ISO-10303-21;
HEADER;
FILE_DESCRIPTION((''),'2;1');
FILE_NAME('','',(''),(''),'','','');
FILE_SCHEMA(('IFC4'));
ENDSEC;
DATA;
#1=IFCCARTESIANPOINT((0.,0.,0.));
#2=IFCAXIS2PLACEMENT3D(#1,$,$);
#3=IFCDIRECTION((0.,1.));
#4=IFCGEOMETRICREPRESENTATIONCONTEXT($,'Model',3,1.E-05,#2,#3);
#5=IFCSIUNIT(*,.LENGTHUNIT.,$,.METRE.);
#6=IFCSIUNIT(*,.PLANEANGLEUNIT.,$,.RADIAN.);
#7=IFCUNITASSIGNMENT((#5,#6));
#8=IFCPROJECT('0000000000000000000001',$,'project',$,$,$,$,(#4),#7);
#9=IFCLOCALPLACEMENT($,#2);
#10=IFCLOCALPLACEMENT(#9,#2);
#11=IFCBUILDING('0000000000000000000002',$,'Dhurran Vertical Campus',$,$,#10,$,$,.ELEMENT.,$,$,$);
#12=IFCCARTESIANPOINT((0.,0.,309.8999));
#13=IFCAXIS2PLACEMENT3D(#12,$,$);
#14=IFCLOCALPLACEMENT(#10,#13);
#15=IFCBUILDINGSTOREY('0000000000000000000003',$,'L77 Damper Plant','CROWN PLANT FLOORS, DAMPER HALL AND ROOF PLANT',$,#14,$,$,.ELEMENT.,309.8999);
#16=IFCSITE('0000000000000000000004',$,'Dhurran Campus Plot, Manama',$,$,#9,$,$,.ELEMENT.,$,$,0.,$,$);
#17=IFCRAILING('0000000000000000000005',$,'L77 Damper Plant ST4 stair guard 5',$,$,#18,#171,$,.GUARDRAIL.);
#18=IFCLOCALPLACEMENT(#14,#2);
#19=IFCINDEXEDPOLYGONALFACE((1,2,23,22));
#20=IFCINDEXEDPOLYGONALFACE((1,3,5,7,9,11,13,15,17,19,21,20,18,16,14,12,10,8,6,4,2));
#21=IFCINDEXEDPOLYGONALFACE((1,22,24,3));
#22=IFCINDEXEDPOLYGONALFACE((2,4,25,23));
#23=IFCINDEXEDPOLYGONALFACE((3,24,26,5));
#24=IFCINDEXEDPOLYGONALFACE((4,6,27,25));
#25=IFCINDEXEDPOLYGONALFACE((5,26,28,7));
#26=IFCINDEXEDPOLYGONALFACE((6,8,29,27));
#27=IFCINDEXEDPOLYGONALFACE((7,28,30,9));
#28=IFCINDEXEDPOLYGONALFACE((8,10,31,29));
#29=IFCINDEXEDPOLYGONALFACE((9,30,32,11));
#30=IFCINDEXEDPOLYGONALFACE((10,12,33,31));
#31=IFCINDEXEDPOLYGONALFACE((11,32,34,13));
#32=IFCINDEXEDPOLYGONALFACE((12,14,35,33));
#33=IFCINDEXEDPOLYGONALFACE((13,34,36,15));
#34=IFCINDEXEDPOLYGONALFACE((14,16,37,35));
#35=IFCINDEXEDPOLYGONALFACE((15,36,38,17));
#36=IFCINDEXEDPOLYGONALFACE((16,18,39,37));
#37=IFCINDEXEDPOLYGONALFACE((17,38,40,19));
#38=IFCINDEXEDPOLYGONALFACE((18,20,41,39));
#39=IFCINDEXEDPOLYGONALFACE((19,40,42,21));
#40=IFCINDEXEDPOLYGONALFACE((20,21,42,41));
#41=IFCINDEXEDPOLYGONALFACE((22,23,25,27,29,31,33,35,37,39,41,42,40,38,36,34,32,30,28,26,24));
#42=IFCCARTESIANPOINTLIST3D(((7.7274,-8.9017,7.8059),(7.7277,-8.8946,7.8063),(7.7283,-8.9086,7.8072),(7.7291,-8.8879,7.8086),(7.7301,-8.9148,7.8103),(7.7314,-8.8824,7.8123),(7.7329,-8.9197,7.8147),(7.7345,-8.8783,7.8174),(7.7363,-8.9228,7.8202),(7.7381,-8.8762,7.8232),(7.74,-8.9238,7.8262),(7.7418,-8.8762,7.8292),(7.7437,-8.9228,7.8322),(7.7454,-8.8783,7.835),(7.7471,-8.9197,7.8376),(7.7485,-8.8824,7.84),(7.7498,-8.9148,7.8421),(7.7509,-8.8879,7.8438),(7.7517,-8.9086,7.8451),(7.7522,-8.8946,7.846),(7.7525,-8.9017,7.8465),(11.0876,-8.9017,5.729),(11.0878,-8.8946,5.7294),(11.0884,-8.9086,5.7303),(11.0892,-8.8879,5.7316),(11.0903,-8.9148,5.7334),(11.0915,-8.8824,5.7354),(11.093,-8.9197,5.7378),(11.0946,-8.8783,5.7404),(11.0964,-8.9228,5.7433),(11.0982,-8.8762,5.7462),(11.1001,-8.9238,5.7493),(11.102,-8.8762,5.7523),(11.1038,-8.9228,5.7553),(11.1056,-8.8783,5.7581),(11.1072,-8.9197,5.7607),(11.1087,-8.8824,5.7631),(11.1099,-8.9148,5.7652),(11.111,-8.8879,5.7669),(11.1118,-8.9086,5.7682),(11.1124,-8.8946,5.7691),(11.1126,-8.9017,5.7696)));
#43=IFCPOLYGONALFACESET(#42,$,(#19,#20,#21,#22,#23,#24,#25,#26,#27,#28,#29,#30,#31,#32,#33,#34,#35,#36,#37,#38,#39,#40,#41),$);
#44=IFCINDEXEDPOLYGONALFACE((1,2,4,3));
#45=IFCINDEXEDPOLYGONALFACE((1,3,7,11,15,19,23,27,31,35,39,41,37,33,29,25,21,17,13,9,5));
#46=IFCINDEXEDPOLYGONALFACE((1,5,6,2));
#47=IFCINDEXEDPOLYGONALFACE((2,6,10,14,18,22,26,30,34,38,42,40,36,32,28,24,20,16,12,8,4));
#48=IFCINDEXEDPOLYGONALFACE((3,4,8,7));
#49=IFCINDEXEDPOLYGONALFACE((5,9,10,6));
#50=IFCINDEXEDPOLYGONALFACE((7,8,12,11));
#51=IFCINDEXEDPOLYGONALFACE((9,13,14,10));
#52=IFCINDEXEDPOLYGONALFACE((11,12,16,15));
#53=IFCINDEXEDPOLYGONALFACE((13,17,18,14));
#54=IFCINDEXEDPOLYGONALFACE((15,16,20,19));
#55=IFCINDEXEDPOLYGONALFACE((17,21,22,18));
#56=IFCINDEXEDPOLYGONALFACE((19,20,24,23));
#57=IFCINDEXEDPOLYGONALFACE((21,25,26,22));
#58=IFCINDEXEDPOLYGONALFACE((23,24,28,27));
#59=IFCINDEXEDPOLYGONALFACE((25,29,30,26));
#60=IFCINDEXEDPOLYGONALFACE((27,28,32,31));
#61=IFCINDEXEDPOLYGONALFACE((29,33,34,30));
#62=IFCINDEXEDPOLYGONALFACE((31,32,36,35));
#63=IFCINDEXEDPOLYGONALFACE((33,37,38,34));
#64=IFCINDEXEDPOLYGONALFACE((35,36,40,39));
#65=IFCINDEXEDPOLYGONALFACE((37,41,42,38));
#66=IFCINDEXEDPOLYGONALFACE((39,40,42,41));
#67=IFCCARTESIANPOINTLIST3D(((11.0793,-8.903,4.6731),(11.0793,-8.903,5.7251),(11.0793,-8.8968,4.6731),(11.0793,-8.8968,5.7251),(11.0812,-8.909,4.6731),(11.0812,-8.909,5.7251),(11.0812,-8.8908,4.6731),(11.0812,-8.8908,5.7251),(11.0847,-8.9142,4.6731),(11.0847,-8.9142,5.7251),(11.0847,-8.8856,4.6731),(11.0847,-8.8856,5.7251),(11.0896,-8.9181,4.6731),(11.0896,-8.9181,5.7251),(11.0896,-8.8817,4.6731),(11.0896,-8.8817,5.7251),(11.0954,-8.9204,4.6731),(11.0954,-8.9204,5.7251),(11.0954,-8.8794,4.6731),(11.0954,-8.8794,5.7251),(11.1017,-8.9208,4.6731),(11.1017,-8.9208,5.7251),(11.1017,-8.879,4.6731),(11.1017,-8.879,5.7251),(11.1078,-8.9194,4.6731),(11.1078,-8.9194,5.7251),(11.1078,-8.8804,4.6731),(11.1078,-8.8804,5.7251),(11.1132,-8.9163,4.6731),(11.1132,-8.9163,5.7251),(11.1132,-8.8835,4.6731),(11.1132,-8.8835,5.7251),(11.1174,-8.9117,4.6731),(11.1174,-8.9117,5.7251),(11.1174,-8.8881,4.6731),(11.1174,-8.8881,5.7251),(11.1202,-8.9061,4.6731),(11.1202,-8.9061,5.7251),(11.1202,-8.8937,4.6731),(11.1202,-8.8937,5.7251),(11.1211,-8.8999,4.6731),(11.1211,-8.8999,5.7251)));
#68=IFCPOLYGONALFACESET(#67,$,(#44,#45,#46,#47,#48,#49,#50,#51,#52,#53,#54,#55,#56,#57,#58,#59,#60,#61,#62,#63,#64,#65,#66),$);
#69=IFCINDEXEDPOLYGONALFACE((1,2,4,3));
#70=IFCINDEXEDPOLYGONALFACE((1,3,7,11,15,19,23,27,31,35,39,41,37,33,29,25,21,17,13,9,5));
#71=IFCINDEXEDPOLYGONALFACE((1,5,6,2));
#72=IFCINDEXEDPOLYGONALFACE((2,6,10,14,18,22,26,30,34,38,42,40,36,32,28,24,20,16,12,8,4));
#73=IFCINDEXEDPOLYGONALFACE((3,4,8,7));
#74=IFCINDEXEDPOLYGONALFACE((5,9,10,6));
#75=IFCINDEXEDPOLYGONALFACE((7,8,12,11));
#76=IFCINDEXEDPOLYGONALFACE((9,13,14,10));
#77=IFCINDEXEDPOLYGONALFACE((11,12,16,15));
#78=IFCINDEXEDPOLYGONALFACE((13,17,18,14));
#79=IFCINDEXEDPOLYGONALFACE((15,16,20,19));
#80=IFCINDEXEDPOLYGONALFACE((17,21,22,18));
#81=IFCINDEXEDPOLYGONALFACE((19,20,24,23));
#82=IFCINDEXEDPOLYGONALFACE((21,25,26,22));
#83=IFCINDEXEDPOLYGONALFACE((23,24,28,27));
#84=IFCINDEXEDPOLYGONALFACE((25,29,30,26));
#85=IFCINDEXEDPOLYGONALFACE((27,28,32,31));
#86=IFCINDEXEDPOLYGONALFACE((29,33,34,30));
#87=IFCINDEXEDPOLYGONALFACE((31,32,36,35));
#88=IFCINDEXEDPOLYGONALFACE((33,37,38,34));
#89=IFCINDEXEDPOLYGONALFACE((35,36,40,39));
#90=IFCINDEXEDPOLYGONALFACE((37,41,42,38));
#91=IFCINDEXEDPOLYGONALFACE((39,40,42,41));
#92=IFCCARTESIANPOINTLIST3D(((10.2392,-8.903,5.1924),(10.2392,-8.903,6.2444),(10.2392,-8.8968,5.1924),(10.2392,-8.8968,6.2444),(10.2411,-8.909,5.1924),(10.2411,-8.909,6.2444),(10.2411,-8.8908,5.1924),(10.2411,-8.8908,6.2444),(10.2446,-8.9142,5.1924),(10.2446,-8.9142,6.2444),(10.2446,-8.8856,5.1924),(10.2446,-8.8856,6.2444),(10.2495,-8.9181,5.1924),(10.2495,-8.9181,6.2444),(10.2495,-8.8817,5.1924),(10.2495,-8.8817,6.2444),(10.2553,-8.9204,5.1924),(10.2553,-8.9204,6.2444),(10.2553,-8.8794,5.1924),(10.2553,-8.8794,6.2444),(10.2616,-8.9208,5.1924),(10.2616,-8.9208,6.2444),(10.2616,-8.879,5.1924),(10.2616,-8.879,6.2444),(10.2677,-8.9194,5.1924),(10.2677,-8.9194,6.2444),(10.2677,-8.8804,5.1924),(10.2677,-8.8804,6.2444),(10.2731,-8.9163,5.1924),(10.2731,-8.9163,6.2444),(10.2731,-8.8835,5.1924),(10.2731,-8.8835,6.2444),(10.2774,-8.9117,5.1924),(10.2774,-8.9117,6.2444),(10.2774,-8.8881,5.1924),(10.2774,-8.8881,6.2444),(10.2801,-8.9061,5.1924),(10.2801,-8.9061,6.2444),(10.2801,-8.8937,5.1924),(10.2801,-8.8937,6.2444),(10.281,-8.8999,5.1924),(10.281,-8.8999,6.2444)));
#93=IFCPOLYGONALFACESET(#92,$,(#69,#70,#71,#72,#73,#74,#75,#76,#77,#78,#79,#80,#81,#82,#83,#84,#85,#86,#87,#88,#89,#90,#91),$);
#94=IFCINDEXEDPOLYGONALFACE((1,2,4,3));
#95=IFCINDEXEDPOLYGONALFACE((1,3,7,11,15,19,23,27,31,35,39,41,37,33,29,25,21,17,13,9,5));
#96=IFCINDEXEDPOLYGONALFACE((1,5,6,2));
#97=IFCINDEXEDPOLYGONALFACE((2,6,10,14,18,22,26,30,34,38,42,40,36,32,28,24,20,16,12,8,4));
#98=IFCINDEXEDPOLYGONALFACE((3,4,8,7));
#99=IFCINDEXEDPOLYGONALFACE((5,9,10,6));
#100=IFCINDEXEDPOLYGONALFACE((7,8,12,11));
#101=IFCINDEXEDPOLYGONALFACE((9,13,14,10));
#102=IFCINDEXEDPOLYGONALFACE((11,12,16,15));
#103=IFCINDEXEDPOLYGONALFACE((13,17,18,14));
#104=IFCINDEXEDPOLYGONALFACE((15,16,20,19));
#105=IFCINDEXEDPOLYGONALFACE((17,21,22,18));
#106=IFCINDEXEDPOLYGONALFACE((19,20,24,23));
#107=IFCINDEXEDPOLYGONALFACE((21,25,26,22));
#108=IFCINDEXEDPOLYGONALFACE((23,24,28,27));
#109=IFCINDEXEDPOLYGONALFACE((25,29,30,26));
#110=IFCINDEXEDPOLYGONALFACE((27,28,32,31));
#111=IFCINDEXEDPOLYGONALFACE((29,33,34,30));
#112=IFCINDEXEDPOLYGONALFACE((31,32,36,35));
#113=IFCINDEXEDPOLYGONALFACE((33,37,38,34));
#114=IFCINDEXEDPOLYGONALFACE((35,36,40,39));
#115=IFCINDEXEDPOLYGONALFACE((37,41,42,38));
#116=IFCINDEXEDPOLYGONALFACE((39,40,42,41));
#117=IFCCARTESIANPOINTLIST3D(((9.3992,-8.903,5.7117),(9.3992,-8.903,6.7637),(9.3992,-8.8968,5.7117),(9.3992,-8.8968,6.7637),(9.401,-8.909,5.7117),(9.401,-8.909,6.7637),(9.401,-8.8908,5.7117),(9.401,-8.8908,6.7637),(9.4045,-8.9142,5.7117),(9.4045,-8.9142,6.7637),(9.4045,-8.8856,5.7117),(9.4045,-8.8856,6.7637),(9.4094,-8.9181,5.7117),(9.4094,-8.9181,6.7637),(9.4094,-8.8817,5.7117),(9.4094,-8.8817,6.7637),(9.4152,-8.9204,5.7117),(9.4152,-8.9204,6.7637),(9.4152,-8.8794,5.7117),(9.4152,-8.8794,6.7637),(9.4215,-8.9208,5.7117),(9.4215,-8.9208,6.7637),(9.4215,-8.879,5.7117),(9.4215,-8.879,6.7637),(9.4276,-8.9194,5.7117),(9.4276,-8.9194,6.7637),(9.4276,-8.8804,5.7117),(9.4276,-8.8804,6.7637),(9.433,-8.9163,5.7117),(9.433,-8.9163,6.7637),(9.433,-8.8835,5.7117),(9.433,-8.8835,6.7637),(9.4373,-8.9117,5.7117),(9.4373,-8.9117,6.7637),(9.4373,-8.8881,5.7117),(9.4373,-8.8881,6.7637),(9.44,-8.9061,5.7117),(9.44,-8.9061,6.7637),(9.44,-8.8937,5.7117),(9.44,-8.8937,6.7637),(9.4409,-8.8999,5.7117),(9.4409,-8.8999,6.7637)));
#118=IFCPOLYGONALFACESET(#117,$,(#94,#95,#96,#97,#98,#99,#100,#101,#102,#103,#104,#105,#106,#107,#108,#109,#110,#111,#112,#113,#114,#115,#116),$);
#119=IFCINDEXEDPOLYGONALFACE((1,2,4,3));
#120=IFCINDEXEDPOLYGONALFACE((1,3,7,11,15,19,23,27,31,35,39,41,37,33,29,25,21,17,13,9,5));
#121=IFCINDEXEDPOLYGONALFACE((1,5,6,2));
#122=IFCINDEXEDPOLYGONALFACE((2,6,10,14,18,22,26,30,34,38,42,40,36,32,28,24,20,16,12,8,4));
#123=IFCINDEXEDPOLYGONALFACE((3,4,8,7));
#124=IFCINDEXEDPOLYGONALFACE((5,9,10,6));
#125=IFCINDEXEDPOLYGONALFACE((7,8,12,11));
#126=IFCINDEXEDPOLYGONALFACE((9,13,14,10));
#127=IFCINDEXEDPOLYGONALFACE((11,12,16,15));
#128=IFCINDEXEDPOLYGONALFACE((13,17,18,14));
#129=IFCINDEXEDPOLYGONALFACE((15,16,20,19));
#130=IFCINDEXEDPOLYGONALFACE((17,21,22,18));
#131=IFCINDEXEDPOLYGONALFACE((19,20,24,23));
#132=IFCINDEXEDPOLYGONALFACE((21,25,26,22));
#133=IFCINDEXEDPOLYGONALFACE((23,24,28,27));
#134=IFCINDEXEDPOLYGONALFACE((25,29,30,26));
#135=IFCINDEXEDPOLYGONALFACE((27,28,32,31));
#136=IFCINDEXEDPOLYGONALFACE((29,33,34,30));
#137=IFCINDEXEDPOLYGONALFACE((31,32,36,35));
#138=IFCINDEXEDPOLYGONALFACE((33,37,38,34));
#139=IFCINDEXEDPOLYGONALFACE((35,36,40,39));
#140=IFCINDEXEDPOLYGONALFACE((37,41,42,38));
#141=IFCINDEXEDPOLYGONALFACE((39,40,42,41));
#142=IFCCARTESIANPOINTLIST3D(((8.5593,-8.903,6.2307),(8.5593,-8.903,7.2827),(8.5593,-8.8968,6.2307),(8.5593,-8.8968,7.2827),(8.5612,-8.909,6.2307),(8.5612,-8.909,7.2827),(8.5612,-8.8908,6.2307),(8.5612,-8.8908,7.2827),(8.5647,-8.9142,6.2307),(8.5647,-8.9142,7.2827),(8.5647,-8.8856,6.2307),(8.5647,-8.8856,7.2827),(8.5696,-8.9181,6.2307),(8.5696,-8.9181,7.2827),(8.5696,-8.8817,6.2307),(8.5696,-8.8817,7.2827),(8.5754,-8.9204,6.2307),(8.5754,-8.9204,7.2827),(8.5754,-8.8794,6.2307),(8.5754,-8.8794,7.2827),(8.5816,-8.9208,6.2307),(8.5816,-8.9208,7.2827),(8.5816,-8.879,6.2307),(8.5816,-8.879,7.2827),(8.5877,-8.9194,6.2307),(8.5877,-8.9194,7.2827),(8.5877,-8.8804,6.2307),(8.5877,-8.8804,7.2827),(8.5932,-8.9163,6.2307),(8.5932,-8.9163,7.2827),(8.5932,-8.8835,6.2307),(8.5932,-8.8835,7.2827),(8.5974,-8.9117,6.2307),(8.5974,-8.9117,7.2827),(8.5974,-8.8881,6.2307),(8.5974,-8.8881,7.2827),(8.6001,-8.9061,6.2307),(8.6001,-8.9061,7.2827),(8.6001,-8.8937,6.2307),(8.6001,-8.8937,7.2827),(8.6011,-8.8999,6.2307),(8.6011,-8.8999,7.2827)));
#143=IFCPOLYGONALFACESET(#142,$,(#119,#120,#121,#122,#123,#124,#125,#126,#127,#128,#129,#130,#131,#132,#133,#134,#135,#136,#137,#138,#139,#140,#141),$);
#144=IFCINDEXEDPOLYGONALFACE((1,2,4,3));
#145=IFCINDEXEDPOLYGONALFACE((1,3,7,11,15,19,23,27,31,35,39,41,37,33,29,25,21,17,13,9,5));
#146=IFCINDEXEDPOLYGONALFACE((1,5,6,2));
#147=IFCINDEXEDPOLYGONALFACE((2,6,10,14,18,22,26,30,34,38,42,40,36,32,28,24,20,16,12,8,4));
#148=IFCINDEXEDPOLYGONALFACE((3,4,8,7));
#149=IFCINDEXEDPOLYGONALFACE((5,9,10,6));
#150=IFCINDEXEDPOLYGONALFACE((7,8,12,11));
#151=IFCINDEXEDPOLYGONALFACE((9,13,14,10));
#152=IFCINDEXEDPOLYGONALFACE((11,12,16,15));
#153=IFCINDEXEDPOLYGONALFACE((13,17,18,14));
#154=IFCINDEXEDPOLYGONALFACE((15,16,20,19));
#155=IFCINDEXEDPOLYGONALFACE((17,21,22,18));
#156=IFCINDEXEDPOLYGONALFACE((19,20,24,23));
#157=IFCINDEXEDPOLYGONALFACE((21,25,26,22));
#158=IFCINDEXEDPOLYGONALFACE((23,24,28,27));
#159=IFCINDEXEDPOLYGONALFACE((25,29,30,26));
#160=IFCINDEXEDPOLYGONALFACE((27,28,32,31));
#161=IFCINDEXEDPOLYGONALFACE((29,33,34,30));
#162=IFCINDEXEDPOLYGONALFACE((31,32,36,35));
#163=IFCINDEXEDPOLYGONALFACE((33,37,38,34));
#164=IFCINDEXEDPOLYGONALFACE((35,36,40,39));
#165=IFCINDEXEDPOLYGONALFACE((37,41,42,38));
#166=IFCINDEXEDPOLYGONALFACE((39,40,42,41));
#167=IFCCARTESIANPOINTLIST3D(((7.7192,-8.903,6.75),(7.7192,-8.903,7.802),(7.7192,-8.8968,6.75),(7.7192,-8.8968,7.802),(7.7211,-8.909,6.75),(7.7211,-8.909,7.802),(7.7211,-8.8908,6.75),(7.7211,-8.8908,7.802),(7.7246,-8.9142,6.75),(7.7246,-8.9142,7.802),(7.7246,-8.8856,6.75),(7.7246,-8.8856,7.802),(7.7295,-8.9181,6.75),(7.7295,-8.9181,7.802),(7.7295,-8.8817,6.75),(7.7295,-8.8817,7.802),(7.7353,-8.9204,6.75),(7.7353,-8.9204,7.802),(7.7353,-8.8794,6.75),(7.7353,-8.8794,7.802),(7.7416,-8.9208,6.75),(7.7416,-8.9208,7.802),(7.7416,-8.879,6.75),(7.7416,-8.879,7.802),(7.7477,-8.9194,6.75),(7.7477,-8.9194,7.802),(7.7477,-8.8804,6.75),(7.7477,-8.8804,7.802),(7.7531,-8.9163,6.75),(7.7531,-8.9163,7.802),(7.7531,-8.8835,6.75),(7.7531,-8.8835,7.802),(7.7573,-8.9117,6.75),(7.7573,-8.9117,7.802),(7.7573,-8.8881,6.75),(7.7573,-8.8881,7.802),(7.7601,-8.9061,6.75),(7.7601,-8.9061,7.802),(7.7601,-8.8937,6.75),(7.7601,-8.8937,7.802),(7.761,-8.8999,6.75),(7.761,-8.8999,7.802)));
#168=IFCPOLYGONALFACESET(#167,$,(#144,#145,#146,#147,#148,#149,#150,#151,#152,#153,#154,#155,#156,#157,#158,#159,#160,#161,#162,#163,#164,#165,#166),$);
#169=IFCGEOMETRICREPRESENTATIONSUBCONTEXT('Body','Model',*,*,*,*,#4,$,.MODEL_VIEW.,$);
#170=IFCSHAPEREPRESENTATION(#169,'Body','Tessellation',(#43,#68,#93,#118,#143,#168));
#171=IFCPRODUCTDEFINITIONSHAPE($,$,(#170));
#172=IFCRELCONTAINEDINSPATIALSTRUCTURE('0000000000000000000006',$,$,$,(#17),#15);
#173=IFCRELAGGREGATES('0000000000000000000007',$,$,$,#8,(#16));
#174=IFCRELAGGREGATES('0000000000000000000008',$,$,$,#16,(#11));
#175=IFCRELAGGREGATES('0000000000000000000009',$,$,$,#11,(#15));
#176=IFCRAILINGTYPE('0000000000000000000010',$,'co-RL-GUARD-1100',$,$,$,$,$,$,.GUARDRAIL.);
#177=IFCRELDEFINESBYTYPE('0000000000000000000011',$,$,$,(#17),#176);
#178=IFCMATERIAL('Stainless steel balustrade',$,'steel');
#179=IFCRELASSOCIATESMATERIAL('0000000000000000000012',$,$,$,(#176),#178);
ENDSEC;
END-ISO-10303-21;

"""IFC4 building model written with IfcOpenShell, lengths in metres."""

from ifc_helpers import new_model, si_unit, direction, frame, origin, origin_2d, place, context, subcontext, project, spatial, circle, extrude, material, type_object, element, save


model = new_model("IFC4")

# Units and contexts
model_context = context("Model", 3, precision=1e-05, world=origin(), true_north=direction((0.0, 1.0)))
body_context = subcontext(model_context, "Body", "Model", "MODEL_VIEW")
ifc_project = project(units=[si_unit("LENGTHUNIT", "METRE"), si_unit("PLANEANGLEUNIT", "RADIAN")], contexts=[model_context])

# Site, building, storey
site_placement = place(None, origin())
site = spatial("IfcSite", under=ifc_project, at=site_placement, Name="Dhurran Campus Plot, Manama", CompositionType="ELEMENT", RefElevation=0.0)
building_placement = place(site_placement, origin())
building = spatial("IfcBuilding", under=site, at=building_placement, Name="Dhurran Vertical Campus", CompositionType="ELEMENT")
storey_placement = place(building_placement, frame((0.0, 0.0, 309.8999)))
storey = spatial("IfcBuildingStorey", under=building, at=storey_placement, Name="L77 Damper Plant", Description="CROWN PLANT FLOORS, DAMPER HALL AND ROOF PLANT", CompositionType="ELEMENT", Elevation=309.8999)

# Railing
ifc_material_1 = material(Name="Stainless steel balustrade", Category="steel")
railing_type = type_object("IfcRailingType", Name="co-RL-GUARD-1100", PredefinedType="GUARDRAIL", material=ifc_material_1)
railing_1_placement = place(storey_placement, frame((11.1001, -8.8999, 4.6731)))
element("IfcRailing", 1, at=railing_1_placement, inside=storey, type_object=railing_type, Name="L77 Damper Plant ST4 stair guard 5", PredefinedType="GUARDRAIL", context=body_context, shape_type="SweptSolid", body=[
    extrude(circle(Radius=0.0239, at=origin_2d()), frame((0.0, 0.0, 1.0762), z_axis=(-0.850623, 0.0, 0.525776), x_axis=(0.0, -1.0, 0.0)), (0.0, 0.0, 1.0), 3.9502),
    extrude(circle(Radius=0.021, at=origin_2d()), origin(), (0.0, 0.0, 1.0), 1.052),
    extrude(circle(Radius=0.021, at=origin_2d()), frame((-0.8401, 0.0, 0.5193)), (0.0, 0.0, 1.0), 1.052),
    extrude(circle(Radius=0.021, at=origin_2d()), frame((-1.6802, 0.0, 1.0386)), (0.0, 0.0, 1.0), 1.052),
    extrude(circle(Radius=0.021, at=origin_2d()), frame((-2.52, 0.0, 1.5576)), (0.0, 0.0, 1.0), 1.052),
    extrude(circle(Radius=0.021, at=origin_2d()), frame((-3.3601, 0.0, 2.0769)), (0.0, 0.0, 1.0), 1.052),
])

save(model, "model.ifc")
